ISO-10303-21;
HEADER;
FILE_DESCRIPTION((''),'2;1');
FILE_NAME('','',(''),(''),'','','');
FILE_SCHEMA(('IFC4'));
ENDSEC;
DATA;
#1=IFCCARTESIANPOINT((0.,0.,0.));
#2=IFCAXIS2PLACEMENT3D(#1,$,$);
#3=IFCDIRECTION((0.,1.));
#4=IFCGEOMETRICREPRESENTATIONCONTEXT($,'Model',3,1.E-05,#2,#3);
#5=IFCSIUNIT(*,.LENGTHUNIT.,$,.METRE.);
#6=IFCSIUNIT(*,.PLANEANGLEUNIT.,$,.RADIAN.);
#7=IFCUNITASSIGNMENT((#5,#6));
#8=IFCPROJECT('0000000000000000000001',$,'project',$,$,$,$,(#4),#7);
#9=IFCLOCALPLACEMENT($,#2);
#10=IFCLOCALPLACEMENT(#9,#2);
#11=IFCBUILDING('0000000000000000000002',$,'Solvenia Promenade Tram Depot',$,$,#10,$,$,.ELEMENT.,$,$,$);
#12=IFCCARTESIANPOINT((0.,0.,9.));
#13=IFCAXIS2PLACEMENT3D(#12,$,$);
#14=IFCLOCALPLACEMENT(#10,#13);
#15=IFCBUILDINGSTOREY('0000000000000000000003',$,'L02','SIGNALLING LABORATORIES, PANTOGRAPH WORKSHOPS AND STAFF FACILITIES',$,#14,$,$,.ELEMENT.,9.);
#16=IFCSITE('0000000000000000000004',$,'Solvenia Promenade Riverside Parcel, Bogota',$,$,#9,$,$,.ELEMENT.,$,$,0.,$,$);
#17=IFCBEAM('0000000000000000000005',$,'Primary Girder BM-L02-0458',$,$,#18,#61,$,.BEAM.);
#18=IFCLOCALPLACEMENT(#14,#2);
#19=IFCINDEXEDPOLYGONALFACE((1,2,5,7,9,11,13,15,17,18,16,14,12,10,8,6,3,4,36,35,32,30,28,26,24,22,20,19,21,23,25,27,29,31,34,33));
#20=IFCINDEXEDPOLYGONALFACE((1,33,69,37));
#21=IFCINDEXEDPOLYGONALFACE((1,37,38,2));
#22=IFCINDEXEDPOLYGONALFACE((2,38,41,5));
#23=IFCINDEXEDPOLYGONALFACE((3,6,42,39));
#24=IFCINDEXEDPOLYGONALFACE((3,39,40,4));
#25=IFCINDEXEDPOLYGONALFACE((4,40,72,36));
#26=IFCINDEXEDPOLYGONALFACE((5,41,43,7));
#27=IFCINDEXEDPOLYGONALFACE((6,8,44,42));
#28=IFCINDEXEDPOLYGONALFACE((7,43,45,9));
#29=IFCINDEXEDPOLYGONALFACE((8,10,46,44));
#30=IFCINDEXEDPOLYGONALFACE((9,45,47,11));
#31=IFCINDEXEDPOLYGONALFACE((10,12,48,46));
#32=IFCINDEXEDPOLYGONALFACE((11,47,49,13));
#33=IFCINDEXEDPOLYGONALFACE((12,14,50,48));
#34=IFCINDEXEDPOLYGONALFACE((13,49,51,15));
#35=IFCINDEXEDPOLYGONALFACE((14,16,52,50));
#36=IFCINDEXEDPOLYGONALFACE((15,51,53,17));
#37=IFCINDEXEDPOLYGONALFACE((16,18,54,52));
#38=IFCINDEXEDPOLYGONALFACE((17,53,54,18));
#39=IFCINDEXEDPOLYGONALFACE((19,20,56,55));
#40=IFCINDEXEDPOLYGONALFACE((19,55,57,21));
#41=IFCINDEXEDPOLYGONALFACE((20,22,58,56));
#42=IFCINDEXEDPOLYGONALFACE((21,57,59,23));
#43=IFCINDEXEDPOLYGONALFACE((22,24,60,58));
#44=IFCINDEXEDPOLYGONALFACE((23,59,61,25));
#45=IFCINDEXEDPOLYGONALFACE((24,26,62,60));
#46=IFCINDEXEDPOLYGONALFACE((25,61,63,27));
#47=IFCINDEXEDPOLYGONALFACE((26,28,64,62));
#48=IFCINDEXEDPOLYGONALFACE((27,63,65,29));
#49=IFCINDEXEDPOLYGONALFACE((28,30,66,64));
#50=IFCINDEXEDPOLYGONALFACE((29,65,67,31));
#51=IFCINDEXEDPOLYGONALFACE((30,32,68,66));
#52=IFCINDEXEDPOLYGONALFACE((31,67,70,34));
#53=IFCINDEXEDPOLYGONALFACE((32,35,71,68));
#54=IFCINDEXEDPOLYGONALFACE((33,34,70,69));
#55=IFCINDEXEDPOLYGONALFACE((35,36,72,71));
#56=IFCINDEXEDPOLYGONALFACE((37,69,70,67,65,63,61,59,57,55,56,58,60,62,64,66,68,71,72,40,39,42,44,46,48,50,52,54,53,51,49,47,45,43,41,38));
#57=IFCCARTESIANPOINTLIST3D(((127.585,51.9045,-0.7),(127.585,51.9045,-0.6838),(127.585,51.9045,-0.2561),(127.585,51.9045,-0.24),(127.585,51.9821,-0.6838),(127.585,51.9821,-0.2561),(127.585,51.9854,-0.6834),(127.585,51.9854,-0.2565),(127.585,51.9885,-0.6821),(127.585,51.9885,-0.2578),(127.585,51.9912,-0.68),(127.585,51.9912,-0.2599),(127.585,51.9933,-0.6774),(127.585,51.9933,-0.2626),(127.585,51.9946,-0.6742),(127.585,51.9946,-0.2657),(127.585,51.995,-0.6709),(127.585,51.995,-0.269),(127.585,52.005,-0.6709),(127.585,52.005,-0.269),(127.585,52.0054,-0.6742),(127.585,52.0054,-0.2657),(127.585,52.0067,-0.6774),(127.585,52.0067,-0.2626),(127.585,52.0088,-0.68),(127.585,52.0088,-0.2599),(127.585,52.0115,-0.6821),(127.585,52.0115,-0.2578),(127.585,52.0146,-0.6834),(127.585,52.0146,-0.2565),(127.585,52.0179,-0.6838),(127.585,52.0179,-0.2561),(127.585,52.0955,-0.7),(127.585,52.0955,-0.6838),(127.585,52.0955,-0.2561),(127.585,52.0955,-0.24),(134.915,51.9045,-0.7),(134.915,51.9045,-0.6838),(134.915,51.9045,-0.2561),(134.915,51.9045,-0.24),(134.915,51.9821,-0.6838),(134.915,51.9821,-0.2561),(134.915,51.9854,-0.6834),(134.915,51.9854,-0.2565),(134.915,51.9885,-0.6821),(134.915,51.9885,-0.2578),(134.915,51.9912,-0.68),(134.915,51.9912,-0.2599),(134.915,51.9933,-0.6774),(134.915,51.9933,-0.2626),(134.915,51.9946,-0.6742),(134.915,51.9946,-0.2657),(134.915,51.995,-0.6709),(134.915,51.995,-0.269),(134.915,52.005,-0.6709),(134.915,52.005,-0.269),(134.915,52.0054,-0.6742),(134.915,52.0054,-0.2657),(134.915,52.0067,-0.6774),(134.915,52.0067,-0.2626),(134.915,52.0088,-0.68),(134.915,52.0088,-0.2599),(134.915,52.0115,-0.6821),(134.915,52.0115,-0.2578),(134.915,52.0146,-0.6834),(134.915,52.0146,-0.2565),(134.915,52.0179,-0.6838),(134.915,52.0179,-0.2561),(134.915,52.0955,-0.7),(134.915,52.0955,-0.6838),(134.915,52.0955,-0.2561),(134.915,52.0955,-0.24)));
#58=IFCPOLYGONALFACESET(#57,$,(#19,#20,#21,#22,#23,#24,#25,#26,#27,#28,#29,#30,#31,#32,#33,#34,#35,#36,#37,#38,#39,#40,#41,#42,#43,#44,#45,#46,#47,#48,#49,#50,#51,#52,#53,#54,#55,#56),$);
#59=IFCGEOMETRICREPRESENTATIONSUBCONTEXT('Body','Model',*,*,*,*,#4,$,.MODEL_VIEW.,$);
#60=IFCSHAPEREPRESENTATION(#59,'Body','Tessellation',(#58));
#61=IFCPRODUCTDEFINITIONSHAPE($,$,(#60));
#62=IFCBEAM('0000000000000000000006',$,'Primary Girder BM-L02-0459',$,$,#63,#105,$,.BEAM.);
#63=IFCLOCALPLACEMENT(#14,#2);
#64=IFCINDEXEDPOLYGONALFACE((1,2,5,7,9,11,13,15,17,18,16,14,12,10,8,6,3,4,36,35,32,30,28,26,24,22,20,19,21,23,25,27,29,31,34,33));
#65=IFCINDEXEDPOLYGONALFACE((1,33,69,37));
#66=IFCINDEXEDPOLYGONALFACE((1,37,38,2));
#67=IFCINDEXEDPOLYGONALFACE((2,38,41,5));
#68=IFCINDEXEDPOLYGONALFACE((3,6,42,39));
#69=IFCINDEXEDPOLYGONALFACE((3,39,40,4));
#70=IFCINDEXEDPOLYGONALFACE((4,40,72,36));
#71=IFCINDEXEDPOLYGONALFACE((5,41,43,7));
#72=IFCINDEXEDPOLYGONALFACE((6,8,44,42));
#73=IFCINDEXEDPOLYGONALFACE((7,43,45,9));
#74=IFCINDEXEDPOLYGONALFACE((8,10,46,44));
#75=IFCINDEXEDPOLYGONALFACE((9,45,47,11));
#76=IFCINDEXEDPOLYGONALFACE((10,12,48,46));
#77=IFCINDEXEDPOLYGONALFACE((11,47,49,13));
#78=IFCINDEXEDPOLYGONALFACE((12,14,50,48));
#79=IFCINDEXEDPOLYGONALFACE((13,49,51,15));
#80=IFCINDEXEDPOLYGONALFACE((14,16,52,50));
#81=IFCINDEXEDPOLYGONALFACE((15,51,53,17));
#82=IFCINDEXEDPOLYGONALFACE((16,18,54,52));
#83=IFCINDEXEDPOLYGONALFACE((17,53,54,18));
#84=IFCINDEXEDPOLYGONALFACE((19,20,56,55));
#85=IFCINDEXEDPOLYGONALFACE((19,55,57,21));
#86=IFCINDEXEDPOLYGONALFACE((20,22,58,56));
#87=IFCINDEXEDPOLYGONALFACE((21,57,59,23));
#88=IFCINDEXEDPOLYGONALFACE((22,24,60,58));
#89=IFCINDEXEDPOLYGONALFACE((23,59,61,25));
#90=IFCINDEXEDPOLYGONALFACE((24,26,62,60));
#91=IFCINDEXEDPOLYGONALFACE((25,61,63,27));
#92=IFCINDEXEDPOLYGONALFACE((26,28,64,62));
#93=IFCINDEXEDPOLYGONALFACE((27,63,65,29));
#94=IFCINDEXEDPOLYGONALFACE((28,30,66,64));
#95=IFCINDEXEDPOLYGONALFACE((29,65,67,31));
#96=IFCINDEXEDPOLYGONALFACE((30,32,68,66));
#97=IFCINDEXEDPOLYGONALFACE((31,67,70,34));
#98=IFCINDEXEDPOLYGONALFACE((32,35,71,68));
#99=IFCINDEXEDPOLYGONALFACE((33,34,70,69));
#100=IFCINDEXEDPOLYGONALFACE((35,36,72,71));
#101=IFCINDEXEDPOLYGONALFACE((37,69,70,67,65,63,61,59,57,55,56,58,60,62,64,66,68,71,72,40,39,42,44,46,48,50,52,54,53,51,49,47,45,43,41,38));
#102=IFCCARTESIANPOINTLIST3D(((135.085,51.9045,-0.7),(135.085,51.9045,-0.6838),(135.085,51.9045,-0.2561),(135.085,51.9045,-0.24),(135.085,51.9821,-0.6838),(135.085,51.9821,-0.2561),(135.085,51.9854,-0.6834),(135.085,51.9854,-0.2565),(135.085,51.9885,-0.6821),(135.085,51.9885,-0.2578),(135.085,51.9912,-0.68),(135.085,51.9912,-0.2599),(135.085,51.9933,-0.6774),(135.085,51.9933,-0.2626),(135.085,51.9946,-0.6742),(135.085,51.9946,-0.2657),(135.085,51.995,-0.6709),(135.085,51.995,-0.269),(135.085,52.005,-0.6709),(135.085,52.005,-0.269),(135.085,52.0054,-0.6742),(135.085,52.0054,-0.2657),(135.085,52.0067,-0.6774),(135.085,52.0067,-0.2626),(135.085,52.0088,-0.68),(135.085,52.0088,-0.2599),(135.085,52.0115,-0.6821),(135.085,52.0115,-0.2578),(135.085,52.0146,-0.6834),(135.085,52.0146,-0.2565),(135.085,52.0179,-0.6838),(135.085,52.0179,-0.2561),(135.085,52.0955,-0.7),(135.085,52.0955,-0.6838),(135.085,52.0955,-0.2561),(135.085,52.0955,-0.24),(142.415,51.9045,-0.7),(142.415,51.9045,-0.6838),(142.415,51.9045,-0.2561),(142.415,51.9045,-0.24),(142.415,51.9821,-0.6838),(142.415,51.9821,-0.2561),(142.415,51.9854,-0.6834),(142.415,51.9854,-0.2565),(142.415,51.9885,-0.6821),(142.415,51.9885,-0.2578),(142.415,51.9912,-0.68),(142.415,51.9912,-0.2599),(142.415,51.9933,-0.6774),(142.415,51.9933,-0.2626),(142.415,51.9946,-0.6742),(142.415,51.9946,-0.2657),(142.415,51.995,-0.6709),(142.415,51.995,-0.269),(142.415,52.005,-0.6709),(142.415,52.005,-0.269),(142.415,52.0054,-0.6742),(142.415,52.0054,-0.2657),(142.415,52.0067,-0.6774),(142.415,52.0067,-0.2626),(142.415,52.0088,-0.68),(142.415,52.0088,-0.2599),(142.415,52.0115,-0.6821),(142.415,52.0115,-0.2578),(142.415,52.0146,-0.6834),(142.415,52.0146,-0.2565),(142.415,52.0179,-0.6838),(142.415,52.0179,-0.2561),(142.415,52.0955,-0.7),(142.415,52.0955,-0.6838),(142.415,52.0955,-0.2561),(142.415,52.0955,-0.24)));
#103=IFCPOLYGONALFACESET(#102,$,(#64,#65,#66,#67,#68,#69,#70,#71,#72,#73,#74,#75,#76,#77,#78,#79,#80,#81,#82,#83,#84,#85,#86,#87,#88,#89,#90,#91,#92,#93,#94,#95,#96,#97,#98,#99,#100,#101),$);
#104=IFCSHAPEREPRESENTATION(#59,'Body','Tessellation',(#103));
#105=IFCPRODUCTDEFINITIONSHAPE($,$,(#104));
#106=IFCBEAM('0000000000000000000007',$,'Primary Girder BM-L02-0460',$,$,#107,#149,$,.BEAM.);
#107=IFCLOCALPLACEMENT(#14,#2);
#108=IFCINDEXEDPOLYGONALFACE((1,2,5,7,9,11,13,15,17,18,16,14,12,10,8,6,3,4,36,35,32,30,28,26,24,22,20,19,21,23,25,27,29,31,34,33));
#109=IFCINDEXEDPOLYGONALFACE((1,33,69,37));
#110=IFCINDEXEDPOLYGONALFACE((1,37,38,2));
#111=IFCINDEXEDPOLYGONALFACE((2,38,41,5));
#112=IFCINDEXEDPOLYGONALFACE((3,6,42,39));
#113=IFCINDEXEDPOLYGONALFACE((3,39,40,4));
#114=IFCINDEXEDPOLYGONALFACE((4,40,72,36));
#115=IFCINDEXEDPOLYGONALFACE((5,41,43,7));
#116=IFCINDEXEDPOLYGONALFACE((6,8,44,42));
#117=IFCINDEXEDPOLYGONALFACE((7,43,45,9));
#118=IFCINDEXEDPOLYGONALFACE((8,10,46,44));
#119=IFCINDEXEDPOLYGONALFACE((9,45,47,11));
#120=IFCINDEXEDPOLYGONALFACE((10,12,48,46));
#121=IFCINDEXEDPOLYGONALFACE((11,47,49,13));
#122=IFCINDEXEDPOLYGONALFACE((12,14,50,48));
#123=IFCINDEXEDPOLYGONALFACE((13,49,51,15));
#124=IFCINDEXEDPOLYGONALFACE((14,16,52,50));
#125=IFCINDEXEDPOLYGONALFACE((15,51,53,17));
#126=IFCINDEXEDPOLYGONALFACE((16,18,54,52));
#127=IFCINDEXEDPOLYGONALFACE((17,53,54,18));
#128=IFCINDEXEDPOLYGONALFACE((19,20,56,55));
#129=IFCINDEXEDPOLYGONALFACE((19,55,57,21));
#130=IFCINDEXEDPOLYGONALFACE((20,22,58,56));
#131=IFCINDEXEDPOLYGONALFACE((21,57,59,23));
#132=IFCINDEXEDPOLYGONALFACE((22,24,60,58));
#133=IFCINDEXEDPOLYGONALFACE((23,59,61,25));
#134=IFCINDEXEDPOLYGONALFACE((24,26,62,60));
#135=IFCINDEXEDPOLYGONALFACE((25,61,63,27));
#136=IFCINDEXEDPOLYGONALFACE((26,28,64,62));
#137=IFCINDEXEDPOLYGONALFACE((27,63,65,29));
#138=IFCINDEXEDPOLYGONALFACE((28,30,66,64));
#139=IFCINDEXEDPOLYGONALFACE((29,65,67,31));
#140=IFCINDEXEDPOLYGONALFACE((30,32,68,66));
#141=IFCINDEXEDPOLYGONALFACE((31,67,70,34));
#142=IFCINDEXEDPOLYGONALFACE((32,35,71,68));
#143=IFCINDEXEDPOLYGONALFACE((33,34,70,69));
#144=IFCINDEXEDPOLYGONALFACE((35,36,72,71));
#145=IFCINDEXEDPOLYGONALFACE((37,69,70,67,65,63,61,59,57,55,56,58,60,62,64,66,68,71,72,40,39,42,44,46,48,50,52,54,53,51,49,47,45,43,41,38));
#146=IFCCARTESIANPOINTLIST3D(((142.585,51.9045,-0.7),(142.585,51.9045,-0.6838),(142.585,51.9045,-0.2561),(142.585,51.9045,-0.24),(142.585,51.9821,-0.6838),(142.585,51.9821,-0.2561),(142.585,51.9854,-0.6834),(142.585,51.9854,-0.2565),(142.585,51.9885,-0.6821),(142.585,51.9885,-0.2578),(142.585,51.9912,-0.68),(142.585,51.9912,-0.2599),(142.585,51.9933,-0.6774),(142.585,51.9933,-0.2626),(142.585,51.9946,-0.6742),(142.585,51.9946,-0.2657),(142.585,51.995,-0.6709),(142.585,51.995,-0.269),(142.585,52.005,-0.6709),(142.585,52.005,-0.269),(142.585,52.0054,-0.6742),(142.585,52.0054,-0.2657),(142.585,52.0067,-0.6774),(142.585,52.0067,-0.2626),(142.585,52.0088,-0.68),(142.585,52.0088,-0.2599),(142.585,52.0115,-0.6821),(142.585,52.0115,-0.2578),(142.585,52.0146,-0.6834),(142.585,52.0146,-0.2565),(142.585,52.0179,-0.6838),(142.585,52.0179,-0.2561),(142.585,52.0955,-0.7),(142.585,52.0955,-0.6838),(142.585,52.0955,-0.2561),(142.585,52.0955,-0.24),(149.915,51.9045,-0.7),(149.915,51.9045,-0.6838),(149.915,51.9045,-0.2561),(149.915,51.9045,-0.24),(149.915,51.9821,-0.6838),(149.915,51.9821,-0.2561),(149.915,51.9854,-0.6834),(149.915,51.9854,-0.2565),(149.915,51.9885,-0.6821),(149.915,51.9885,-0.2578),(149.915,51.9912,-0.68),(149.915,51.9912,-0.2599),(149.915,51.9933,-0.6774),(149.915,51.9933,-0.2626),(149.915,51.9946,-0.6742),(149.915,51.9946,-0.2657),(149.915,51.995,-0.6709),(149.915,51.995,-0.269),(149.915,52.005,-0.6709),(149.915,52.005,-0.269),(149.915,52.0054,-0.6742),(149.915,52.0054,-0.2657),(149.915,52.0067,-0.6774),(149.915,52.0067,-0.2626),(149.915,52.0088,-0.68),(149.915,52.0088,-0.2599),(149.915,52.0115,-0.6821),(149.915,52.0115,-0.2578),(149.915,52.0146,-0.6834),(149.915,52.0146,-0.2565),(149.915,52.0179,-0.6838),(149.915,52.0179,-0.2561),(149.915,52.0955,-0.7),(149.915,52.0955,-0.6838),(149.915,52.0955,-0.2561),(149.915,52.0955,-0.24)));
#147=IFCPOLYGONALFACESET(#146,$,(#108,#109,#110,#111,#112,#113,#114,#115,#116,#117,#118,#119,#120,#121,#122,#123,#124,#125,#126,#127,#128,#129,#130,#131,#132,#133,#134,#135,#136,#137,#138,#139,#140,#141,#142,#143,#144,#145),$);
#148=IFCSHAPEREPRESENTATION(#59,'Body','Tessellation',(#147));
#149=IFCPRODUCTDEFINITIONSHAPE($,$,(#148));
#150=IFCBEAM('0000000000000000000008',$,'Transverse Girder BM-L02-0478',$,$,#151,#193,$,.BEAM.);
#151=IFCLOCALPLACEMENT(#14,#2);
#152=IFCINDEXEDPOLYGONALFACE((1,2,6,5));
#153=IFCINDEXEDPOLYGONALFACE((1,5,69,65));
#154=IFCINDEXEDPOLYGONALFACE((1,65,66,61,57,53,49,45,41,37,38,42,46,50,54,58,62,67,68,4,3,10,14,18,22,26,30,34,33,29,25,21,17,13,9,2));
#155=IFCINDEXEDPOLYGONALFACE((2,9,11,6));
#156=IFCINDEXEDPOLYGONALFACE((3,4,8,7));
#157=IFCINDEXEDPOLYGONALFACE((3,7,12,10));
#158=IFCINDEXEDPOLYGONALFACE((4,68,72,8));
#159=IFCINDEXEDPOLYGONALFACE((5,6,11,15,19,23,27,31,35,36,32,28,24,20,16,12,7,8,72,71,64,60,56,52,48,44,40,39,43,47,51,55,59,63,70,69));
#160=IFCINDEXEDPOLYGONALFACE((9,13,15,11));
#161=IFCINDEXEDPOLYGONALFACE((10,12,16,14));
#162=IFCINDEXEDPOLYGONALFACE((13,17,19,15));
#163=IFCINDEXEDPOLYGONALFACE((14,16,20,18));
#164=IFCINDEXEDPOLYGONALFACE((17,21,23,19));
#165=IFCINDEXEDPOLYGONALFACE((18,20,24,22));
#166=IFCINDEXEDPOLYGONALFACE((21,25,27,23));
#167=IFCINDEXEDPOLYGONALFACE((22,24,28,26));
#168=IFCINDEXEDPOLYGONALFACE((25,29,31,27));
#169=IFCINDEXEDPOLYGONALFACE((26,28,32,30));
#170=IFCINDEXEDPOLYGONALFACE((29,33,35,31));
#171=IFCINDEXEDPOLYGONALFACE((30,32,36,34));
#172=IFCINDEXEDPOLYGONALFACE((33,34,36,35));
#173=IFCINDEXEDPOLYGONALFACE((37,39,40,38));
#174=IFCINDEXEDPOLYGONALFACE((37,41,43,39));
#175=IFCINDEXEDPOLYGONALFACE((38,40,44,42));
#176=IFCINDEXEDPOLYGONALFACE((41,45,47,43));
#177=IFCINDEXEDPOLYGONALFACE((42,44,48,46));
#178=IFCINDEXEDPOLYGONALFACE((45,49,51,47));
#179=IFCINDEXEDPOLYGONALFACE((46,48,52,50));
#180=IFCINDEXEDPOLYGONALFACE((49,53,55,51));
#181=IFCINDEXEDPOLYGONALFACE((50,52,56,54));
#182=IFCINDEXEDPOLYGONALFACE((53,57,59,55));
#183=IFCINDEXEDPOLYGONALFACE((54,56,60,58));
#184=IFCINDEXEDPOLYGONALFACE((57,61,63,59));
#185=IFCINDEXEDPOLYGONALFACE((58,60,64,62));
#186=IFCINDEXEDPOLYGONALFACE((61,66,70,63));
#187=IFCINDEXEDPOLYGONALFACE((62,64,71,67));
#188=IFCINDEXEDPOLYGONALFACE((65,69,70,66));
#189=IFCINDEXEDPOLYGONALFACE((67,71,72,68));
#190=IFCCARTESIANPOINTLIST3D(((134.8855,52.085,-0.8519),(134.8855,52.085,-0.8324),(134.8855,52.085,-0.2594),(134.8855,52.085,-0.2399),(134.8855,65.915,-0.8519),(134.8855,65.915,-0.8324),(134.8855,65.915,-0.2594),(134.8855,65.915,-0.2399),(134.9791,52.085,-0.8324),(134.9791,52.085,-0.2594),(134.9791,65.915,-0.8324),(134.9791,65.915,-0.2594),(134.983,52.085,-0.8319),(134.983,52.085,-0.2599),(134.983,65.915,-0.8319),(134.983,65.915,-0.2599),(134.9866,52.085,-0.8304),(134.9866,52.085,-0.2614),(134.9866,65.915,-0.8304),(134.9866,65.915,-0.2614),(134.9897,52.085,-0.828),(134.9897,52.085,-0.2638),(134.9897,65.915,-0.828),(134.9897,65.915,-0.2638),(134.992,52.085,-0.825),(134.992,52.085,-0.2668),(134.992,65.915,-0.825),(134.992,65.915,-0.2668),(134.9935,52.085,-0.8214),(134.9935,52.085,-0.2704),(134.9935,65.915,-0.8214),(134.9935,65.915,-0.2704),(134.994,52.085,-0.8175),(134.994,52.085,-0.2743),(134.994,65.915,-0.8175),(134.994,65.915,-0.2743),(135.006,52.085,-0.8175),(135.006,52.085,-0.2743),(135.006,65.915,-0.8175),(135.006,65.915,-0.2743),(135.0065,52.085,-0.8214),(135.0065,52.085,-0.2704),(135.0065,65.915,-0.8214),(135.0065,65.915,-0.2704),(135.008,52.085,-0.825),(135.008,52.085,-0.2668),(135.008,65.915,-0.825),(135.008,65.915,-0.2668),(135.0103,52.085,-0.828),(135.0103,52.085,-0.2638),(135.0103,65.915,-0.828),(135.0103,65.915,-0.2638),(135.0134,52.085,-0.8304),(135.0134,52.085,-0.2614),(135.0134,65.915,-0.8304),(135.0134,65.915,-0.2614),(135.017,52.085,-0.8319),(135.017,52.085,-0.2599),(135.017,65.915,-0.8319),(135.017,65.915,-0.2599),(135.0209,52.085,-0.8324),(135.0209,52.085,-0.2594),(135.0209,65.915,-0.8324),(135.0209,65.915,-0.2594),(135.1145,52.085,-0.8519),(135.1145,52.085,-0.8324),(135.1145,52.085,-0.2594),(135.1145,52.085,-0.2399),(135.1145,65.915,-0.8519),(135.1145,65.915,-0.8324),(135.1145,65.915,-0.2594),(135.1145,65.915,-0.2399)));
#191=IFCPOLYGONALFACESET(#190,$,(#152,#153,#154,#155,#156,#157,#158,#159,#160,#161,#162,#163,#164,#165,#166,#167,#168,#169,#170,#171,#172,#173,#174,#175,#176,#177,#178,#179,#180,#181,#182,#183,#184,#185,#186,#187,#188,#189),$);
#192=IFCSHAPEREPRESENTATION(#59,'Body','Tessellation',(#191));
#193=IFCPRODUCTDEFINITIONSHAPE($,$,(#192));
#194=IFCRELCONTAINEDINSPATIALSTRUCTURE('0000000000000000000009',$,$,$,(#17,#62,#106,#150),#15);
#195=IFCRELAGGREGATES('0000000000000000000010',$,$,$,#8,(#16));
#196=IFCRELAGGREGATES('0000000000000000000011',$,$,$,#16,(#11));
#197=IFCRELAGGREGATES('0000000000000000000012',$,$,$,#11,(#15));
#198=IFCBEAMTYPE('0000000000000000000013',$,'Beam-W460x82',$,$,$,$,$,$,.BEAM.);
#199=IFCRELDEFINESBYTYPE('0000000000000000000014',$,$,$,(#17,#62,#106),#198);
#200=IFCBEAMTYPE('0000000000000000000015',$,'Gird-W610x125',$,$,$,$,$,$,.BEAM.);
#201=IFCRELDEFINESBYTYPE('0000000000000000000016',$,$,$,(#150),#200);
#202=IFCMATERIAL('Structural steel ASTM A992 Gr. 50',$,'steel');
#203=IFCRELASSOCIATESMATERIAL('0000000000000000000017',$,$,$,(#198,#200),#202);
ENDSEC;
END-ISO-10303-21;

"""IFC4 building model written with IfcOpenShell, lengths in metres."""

from ifc_helpers import new_model, si_unit, direction, frame, origin, origin_2d, place, context, subcontext, project, spatial, i_section, extrude, material, material_profile, profile_set, type_object, element, save


model = new_model("IFC4")

# Units and contexts
model_context = context("Model", 3, precision=1e-05, world=origin(), true_north=direction((0.0, 1.0)))
body_context = subcontext(model_context, "Body", "Model", "MODEL_VIEW")
ifc_project = project(units=[si_unit("LENGTHUNIT", "METRE"), si_unit("PLANEANGLEUNIT", "RADIAN")], contexts=[model_context])

# Site, building, storey
site_placement = place(None, origin())
site = spatial("IfcSite", under=ifc_project, at=site_placement, Name="Solvenia Promenade Riverside Parcel, Bogota", CompositionType="ELEMENT", RefElevation=0.0)
building_placement = place(site_placement, origin())
building = spatial("IfcBuilding", under=site, at=building_placement, Name="Solvenia Promenade Tram Depot", CompositionType="ELEMENT")
storey_placement = place(building_placement, frame((0.0, 0.0, 9.0)))
storey = spatial("IfcBuildingStorey", under=building, at=storey_placement, Name="L02", Description="SIGNALLING LABORATORIES, PANTOGRAPH WORKSHOPS AND STAFF FACILITIES", CompositionType="ELEMENT", Elevation=9.0)

# Shared definitions
ifc_material_1 = material(Name="Structural steel ASTM A992 Gr. 50", Category="steel")

# Beams
ifc_material_profile_1 = material_profile(ifc_material_1, i_section(OverallWidth=0.1909, OverallDepth=0.46, WebThickness=0.01, FlangeThickness=0.0161, FilletRadius=0.0129, at=origin_2d()), Name="W460x82", Category="steel")
ifc_profile_set_1 = profile_set([ifc_material_profile_1], Name="Structural steel ASTM A992 Gr. 50")
beam_type_1 = type_object("IfcBeamType", Name="Beam-W460x82", PredefinedType="BEAM", material=ifc_profile_set_1)
for number, where, z_axis, x_axis, name in (
    (1, (127.585, 52.0, -0.47), (1.0, 0.0, 0.0), (0.0, 1.0, 0.0), "Primary Girder BM-L02-0458"),
    (2, (135.085, 52.0, -0.47), (1.0, 0.0, 0.0), (0.0, 1.0, 0.0), "Primary Girder BM-L02-0459"),
    (3, (142.585, 52.0, -0.47), (1.0, 0.0, 0.0), (0.0, 1.0, 0.0), "Primary Girder BM-L02-0460"),
):
    element("IfcBeam", number, at=place(storey_placement, frame(where, z_axis=z_axis, x_axis=x_axis)), inside=storey, type_object=beam_type_1, Name=name, PredefinedType="BEAM", context=body_context, shape_type="SweptSolid", body=[
        extrude(i_section(OverallWidth=0.1909, OverallDepth=0.46, WebThickness=0.01, FlangeThickness=0.0161, FilletRadius=0.0129, at=origin_2d()), origin(), (0.0, 0.0, 1.0), 7.3301),
    ])
ifc_material_profile_2 = material_profile(ifc_material_1, i_section(OverallWidth=0.229, OverallDepth=0.6121, WebThickness=0.012, FlangeThickness=0.0195, FilletRadius=0.0149, at=origin_2d()), Name="W610x125", Category="steel")
ifc_profile_set_2 = profile_set([ifc_material_profile_2], Name="Structural steel ASTM A992 Gr. 50")
beam_type_2 = type_object("IfcBeamType", Name="Gird-W610x125", PredefinedType="BEAM", material=ifc_profile_set_2)
for number, where, z_axis, x_axis, name in (
    (4, (135.0, 52.085, -0.5459), (0.0, 1.0, 0.0), (-1.0, 0.0, 0.0), "Transverse Girder BM-L02-0478"),
):
    element("IfcBeam", number, at=place(storey_placement, frame(where, z_axis=z_axis, x_axis=x_axis)), inside=storey, type_object=beam_type_2, Name=name, PredefinedType="BEAM", context=body_context, shape_type="SweptSolid", body=[
        extrude(i_section(OverallWidth=0.229, OverallDepth=0.6121, WebThickness=0.012, FlangeThickness=0.0195, FilletRadius=0.0149, at=origin_2d()), origin(), (0.0, 0.0, 1.0), 13.8301),
    ])

save(model, "model.ifc")
